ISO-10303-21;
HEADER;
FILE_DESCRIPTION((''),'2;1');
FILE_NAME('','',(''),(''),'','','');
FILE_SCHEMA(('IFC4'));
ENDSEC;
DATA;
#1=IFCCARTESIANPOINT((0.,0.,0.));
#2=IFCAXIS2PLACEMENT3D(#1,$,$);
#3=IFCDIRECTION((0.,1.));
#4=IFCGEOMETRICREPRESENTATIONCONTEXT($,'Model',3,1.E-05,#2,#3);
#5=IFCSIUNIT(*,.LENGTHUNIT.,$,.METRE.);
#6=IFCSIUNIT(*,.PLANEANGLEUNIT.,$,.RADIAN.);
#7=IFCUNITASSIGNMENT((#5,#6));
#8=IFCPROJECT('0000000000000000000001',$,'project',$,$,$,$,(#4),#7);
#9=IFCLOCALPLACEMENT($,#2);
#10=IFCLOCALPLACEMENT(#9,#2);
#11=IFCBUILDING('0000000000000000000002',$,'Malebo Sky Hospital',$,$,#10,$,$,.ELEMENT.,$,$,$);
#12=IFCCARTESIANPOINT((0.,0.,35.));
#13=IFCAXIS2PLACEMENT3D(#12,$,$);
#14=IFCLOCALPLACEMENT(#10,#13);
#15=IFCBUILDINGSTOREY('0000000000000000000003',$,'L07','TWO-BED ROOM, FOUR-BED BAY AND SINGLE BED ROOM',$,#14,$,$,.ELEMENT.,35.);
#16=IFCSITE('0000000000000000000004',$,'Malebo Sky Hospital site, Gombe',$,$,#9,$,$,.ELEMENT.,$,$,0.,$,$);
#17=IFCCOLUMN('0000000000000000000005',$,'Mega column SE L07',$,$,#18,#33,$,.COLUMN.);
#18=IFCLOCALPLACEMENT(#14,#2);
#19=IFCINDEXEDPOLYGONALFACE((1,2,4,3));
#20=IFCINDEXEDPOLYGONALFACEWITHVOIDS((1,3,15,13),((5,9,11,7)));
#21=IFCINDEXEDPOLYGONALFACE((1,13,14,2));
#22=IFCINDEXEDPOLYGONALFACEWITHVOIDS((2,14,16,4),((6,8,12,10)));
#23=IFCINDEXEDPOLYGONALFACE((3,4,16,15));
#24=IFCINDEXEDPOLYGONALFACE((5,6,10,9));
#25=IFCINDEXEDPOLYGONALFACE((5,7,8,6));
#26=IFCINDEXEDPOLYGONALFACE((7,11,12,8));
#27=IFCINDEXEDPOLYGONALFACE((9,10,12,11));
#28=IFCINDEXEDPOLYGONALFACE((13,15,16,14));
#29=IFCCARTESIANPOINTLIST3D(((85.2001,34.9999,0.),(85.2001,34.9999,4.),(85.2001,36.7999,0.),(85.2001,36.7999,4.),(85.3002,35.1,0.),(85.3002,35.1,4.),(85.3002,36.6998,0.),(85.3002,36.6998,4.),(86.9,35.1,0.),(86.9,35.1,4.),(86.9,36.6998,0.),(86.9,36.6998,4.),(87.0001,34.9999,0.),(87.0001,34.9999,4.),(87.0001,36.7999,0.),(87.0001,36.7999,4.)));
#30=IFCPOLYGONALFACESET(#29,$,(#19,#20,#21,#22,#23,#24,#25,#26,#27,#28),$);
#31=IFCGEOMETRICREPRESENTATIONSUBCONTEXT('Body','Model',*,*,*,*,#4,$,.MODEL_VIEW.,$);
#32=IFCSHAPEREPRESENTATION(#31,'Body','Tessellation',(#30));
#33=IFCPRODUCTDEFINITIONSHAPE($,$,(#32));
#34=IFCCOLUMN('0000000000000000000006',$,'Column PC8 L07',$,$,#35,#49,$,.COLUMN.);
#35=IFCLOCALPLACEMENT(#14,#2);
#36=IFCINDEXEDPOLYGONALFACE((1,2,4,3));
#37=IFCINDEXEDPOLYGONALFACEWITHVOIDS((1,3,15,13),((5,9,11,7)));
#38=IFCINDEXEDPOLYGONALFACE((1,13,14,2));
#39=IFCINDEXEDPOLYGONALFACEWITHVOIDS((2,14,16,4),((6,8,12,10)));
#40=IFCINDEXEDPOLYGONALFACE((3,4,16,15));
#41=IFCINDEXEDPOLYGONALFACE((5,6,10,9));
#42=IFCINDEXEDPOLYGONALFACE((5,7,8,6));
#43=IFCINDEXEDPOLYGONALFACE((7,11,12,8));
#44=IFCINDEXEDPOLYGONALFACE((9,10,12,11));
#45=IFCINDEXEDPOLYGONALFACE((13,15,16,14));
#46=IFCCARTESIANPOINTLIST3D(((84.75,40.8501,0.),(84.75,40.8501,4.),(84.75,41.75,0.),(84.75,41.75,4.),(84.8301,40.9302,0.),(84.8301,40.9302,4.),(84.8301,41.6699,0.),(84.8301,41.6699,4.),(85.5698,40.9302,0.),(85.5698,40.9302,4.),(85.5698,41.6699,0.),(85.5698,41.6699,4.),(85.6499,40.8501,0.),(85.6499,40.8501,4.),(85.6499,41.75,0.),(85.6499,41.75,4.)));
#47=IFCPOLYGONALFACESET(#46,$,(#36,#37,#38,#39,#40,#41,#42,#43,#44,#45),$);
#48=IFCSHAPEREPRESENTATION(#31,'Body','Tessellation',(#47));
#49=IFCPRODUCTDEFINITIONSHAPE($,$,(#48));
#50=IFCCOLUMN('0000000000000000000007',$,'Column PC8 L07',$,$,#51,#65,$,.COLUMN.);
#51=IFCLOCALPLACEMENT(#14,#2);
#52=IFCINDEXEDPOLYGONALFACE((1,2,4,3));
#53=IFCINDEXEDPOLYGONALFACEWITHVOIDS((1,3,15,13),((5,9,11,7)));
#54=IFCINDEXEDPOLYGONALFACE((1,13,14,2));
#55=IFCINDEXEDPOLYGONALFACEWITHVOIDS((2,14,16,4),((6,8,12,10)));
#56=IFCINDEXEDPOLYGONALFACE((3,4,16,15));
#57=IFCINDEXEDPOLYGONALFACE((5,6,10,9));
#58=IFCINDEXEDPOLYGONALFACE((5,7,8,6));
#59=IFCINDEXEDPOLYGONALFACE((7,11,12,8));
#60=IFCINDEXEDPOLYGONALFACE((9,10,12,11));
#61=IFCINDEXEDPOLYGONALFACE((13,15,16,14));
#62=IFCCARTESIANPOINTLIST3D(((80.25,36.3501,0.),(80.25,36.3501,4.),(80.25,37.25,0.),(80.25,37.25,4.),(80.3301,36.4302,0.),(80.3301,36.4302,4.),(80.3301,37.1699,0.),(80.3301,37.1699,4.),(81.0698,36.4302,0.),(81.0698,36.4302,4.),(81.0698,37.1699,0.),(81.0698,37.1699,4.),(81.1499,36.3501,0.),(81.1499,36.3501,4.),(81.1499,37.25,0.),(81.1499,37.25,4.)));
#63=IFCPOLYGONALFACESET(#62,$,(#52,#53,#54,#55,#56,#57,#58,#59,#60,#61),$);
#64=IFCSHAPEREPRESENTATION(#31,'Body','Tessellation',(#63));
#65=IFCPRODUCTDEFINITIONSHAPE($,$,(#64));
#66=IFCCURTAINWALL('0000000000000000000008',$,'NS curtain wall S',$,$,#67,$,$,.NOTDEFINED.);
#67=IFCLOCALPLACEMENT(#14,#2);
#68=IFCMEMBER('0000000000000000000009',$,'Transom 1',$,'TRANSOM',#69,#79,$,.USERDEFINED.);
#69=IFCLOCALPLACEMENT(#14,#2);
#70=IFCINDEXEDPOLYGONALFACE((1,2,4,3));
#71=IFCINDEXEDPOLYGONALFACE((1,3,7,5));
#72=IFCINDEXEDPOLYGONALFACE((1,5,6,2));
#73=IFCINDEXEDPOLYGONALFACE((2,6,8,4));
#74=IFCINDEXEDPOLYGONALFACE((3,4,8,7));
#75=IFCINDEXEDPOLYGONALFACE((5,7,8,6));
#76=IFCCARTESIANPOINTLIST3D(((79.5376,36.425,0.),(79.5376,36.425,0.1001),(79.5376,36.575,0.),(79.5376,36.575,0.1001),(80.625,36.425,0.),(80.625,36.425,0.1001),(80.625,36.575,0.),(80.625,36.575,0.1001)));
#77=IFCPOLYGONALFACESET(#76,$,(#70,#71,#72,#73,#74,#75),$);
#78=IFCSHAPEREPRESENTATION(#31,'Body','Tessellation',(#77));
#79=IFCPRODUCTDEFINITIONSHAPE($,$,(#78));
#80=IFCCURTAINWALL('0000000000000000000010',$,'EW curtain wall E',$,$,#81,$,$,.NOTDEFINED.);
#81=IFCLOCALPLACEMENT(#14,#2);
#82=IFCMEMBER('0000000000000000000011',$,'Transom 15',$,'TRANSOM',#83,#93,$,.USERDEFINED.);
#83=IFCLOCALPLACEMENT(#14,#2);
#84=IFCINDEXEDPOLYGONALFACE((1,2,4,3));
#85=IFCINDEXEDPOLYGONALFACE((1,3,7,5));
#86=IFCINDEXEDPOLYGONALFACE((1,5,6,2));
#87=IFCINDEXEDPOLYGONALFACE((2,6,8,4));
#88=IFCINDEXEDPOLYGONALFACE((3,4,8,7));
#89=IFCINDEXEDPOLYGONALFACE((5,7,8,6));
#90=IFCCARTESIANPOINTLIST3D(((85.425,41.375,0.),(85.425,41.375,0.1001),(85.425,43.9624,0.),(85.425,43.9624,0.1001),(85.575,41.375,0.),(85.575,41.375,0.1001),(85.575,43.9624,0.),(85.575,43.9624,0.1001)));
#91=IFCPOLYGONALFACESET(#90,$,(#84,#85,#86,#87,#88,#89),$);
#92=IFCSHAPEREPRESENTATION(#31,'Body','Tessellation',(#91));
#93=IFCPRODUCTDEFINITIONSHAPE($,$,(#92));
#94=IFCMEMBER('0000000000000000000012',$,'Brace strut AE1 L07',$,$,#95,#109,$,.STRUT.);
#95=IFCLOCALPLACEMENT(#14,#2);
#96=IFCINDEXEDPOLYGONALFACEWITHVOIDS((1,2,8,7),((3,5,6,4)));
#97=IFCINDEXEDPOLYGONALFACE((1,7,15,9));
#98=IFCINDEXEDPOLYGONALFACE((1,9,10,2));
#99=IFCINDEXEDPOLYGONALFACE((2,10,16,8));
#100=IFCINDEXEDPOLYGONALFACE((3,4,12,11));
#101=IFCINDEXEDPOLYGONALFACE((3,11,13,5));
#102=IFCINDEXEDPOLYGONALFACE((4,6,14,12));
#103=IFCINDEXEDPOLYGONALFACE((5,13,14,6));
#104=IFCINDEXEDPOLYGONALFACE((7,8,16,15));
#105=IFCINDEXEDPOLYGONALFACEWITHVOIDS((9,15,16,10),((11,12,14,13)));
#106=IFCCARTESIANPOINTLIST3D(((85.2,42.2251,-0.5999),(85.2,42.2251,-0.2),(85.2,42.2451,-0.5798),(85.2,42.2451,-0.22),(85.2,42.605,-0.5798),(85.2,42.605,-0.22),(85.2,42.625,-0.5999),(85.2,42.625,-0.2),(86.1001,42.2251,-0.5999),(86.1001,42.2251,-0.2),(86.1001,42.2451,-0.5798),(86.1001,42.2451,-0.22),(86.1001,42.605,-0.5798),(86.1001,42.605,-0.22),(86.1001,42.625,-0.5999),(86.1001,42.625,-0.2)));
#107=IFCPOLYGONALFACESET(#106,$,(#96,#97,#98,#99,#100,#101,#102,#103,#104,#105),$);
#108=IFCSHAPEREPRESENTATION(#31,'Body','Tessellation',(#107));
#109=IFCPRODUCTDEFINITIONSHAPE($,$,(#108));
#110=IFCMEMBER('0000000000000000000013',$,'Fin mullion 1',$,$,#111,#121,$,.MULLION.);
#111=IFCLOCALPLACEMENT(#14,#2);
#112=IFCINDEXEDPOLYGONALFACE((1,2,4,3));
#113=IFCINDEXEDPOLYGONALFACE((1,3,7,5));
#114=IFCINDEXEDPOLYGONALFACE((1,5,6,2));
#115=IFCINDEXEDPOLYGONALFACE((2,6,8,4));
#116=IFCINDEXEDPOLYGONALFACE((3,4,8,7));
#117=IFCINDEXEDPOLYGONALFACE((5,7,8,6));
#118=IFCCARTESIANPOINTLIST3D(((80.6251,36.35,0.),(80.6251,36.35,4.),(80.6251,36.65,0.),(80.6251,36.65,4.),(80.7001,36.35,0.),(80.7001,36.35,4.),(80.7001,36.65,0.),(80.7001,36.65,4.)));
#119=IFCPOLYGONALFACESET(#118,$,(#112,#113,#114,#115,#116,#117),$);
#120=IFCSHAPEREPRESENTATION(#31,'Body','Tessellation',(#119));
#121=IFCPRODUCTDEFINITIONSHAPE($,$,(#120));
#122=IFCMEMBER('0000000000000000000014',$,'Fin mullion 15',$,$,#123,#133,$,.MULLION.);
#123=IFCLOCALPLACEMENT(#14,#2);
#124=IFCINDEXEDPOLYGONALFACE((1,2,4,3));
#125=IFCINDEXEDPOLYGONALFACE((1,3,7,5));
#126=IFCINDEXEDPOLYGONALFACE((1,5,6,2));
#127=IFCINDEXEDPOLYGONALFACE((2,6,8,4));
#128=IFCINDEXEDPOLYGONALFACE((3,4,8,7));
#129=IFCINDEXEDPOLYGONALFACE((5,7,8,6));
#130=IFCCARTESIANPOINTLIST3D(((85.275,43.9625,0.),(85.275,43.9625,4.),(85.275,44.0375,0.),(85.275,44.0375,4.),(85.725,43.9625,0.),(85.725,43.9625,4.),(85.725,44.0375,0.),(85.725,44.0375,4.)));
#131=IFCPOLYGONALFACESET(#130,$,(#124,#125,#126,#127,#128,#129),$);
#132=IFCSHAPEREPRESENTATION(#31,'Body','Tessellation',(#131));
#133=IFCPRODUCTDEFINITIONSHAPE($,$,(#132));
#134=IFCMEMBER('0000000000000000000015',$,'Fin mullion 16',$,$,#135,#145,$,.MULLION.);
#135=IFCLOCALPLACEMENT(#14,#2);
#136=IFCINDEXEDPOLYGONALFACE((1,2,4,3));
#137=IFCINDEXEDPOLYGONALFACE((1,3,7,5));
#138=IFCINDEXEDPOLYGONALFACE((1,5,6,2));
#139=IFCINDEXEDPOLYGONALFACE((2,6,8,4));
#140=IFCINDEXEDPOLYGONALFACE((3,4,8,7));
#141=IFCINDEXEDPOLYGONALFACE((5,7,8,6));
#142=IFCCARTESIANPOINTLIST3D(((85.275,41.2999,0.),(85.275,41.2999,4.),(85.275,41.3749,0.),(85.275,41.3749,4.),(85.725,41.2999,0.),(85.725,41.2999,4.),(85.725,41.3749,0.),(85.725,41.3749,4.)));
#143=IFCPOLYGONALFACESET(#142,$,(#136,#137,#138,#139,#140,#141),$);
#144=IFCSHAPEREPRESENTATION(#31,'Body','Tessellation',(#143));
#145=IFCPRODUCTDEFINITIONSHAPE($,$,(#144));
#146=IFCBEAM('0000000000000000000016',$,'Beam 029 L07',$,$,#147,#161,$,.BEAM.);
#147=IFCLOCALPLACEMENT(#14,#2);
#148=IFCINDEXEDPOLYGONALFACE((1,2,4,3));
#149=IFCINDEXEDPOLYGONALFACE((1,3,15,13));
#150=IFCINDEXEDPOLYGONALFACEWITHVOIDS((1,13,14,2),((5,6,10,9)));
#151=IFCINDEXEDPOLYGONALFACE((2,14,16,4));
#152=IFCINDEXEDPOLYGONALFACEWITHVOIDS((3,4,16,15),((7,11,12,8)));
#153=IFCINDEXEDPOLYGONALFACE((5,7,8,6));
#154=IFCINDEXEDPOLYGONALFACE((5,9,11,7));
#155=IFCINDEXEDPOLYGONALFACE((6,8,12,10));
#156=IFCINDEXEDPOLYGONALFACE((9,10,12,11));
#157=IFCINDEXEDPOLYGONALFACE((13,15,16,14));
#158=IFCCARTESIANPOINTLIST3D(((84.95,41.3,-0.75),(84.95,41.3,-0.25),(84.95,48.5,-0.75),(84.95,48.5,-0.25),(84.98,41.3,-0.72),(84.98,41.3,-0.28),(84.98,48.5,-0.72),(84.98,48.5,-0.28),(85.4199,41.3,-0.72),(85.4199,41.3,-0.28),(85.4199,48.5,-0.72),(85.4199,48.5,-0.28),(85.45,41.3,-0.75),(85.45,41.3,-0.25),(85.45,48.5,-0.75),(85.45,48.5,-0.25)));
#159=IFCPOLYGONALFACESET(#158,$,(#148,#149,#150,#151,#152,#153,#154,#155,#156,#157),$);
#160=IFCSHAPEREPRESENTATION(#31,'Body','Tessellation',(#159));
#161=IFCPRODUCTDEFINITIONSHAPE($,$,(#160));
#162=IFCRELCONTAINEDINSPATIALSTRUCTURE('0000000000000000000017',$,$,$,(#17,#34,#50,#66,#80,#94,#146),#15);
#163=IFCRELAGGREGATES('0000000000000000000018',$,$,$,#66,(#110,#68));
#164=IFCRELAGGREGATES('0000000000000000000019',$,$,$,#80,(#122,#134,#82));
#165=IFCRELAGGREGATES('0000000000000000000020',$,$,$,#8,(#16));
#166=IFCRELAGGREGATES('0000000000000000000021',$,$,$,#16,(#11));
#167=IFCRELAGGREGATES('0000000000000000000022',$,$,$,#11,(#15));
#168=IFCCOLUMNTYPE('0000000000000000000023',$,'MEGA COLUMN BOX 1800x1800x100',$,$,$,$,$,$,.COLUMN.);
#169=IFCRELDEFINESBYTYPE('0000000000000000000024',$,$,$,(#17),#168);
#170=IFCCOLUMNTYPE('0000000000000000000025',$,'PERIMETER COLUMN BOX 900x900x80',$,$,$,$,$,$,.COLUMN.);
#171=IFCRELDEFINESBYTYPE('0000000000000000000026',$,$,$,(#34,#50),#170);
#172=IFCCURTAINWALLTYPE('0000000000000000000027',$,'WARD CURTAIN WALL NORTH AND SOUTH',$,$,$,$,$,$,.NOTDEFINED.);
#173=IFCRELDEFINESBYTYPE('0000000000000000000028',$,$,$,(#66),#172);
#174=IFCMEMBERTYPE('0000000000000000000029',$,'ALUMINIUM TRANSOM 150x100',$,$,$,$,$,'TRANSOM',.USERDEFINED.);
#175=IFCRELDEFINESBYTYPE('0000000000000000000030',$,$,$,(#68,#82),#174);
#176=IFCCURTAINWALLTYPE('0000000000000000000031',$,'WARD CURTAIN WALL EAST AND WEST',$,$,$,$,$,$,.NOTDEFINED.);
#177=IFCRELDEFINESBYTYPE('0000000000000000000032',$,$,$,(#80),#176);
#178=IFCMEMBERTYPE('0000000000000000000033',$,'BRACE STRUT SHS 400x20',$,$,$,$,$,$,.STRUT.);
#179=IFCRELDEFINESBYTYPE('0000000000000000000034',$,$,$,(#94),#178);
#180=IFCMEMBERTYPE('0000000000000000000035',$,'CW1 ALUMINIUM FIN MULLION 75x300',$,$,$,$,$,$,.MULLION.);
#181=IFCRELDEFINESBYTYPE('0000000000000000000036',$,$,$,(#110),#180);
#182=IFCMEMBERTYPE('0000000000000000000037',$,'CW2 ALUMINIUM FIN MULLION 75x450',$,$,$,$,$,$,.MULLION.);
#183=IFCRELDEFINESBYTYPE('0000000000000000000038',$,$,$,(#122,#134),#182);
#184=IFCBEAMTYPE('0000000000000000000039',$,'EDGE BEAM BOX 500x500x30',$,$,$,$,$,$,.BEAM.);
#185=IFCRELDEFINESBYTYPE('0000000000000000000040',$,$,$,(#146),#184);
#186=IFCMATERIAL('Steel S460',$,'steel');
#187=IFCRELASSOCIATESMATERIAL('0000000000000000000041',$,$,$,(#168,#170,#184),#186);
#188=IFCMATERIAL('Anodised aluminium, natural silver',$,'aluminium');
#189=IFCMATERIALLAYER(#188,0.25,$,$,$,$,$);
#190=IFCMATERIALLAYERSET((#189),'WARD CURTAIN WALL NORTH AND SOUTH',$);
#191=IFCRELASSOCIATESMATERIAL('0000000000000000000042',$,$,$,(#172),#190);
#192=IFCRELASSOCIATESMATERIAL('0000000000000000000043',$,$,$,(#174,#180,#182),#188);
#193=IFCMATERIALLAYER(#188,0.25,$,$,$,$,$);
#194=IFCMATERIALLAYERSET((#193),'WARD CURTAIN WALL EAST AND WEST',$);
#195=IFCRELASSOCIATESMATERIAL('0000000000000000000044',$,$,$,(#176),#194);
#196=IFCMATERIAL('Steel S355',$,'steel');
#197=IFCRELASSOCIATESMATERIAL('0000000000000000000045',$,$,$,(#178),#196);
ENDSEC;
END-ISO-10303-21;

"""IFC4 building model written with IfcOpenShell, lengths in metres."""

from ifc_helpers import new_model, si_unit, direction, frame, origin, origin_2d, place, context, subcontext, project, spatial, rectangle, hollow_rectangle, extrude, material, layer, layer_set, material_profile, profile_set, type_object, element, aggregate, save


model = new_model("IFC4")

# Units and contexts
model_context = context("Model", 3, precision=1e-05, world=origin(), true_north=direction((0.0, 1.0)))
body_context = subcontext(model_context, "Body", "Model", "MODEL_VIEW")
ifc_project = project(units=[si_unit("LENGTHUNIT", "METRE"), si_unit("PLANEANGLEUNIT", "RADIAN")], contexts=[model_context])

# Site, building, storey
site_placement = place(None, origin())
site = spatial("IfcSite", under=ifc_project, at=site_placement, Name="Malebo Sky Hospital site, Gombe", CompositionType="ELEMENT", RefElevation=0.0)
building_placement = place(site_placement, origin())
building = spatial("IfcBuilding", under=site, at=building_placement, Name="Malebo Sky Hospital", CompositionType="ELEMENT")
storey_placement = place(building_placement, frame((0.0, 0.0, 35.0)))
storey = spatial("IfcBuildingStorey", under=building, at=storey_placement, Name="L07", Description="TWO-BED ROOM, FOUR-BED BAY AND SINGLE BED ROOM", CompositionType="ELEMENT", Elevation=35.0)

# Columns
ifc_material_1 = material(Name="Steel S460", Category="steel")
ifc_material_profile_1 = material_profile(ifc_material_1, hollow_rectangle(XDim=1.8, YDim=1.8, WallThickness=0.1001, at=origin_2d()), Name="BOX 1800x1800x100")
ifc_profile_set_1 = profile_set([ifc_material_profile_1], Name="Steel S460")
column_type_1 = type_object("IfcColumnType", Name="MEGA COLUMN BOX 1800x1800x100", PredefinedType="COLUMN", material=ifc_profile_set_1)
column_placement = place(storey_placement, frame((86.1001, 35.8999, 0.0), z_axis=(0.0, 0.0, 1.0), x_axis=(1.0, 0.0, 0.0)))
element("IfcColumn", 1, at=column_placement, inside=storey, type_object=column_type_1, Name="Mega column SE L07", PredefinedType="COLUMN", context=body_context, shape_type="SweptSolid", body=[
    extrude(hollow_rectangle(XDim=1.8, YDim=1.8, WallThickness=0.1001, at=origin_2d()), origin(), (0.0, 0.0, 1.0), 4.0),
])
ifc_material_profile_2 = material_profile(ifc_material_1, hollow_rectangle(XDim=0.8999, YDim=0.8999, WallThickness=0.0801, at=origin_2d()), Name="BOX 900x900x80")
ifc_profile_set_2 = profile_set([ifc_material_profile_2], Name="Steel S460")
column_type_2 = type_object("IfcColumnType", Name="PERIMETER COLUMN BOX 900x900x80", PredefinedType="COLUMN", material=ifc_profile_set_2)
for number, where, z_axis, x_axis, name in (
    (2, (85.2, 41.3, 0.0), (0.0, 0.0, 1.0), (1.0, 0.0, 0.0), "Column PC8 L07"),
    (3, (80.7, 36.8, 0.0), (0.0, 0.0, 1.0), (1.0, 0.0, 0.0), "Column PC8 L07"),
):
    element("IfcColumn", number, at=place(storey_placement, frame(where, z_axis=z_axis, x_axis=x_axis)), inside=storey, type_object=column_type_2, Name=name, PredefinedType="COLUMN", context=body_context, shape_type="SweptSolid", body=[
        extrude(hollow_rectangle(XDim=0.8999, YDim=0.8999, WallThickness=0.0801, at=origin_2d()), origin(), (0.0, 0.0, 1.0), 4.0),
    ])

# Curtain walls, members
ifc_material_2 = material(Name="Anodised aluminium, natural silver", Category="aluminium")
ifc_layer_1 = layer(ifc_material_2, 0.25)
ifc_layer_set_1 = layer_set([ifc_layer_1], Name="WARD CURTAIN WALL NORTH AND SOUTH")
curtain_wall_type_1 = type_object("IfcCurtainWallType", Name="WARD CURTAIN WALL NORTH AND SOUTH", PredefinedType="NOTDEFINED", material=ifc_layer_set_1)
curtain_wall_1_placement = place(storey_placement, origin())
curtain_wall_1 = element("IfcCurtainWall", 4, at=curtain_wall_1_placement, inside=storey, type_object=curtain_wall_type_1, Name="NS curtain wall S", PredefinedType="NOTDEFINED")
ifc_material_profile_3 = material_profile(ifc_material_2, rectangle(XDim=0.1499, YDim=0.1001, at=origin_2d()), Name="ALUMINIUM TRANSOM 150x100")
ifc_profile_set_3 = profile_set([ifc_material_profile_3], Name="Anodised aluminium, natural silver")
member_type_1 = type_object("IfcMemberType", Name="ALUMINIUM TRANSOM 150x100", ElementType="TRANSOM", PredefinedType="USERDEFINED", material=ifc_profile_set_3)
member_1_placement = place(storey_placement, frame((80.625, 36.5, 0.05), z_axis=(-1.0, 0.0, 0.0), x_axis=(0.0, -1.0, 0.0)))
member_1 = element("IfcMember", 5, at=member_1_placement, type_object=member_type_1, Name="Transom 1", ObjectType="TRANSOM", PredefinedType="USERDEFINED", context=body_context, shape_type="SweptSolid", body=[
    extrude(rectangle(XDim=0.1499, YDim=0.1001, at=origin_2d()), origin(), (0.0, 0.0, 1.0), 1.0874),
])
ifc_layer_2 = layer(ifc_material_2, 0.25)
ifc_layer_set_2 = layer_set([ifc_layer_2], Name="WARD CURTAIN WALL EAST AND WEST")
curtain_wall_type_2 = type_object("IfcCurtainWallType", Name="WARD CURTAIN WALL EAST AND WEST", PredefinedType="NOTDEFINED", material=ifc_layer_set_2)
curtain_wall_2_placement = place(storey_placement, origin())
curtain_wall_2 = element("IfcCurtainWall", 6, at=curtain_wall_2_placement, inside=storey, type_object=curtain_wall_type_2, Name="EW curtain wall E", PredefinedType="NOTDEFINED")
member_2_placement = place(storey_placement, frame((85.5, 43.9624, 0.05), z_axis=(0.0, -1.0, 0.0), x_axis=(1.0, 0.0, 0.0)))
member_2 = element("IfcMember", 7, at=member_2_placement, type_object=member_type_1, Name="Transom 15", ObjectType="TRANSOM", PredefinedType="USERDEFINED", context=body_context, shape_type="SweptSolid", body=[
    extrude(rectangle(XDim=0.1499, YDim=0.1001, at=origin_2d()), origin(), (0.0, 0.0, 1.0), 2.5874),
])

# Members
ifc_material_3 = material(Name="Steel S355", Category="steel")
ifc_material_profile_4 = material_profile(ifc_material_3, hollow_rectangle(XDim=0.3999, YDim=0.3999, WallThickness=0.02, at=origin_2d()), Name="SHS 400x20")
ifc_profile_set_4 = profile_set([ifc_material_profile_4], Name="Steel S355")
member_type_2 = type_object("IfcMemberType", Name="BRACE STRUT SHS 400x20", PredefinedType="STRUT", material=ifc_profile_set_4)
member_3_placement = place(storey_placement, frame((86.1001, 42.425, -0.3999), z_axis=(-1.0, 0.0, 0.0), x_axis=(0.0, -1.0, 0.0)))
element("IfcMember", 8, at=member_3_placement, inside=storey, type_object=member_type_2, Name="Brace strut AE1 L07", PredefinedType="STRUT", context=body_context, shape_type="SweptSolid", body=[
    extrude(hollow_rectangle(XDim=0.3999, YDim=0.3999, WallThickness=0.02, at=origin_2d()), origin(), (0.0, 0.0, 1.0), 0.9001),
])
ifc_material_profile_5 = material_profile(ifc_material_2, rectangle(XDim=0.075, YDim=0.3, at=origin_2d()), Name="CW1 ALUMINIUM FIN MULLION 75x300")
ifc_profile_set_5 = profile_set([ifc_material_profile_5], Name="Anodised aluminium, natural silver")
member_type_3 = type_object("IfcMemberType", Name="CW1 ALUMINIUM FIN MULLION 75x300", PredefinedType="MULLION", material=ifc_profile_set_5)
member_4_placement = place(storey_placement, frame((80.6626, 36.5, 0.0), z_axis=(0.0, 0.0, 1.0), x_axis=(-1.0, 0.0, 0.0)))
member_4 = element("IfcMember", 9, at=member_4_placement, type_object=member_type_3, Name="Fin mullion 1", PredefinedType="MULLION", context=body_context, shape_type="SweptSolid", body=[
    extrude(rectangle(XDim=0.075, YDim=0.3, at=origin_2d()), origin(), (0.0, 0.0, 1.0), 4.0),
])
ifc_material_profile_6 = material_profile(ifc_material_2, rectangle(XDim=0.075, YDim=0.45, at=origin_2d()), Name="CW2 ALUMINIUM FIN MULLION 75x450")
ifc_profile_set_6 = profile_set([ifc_material_profile_6], Name="Anodised aluminium, natural silver")
member_type_4 = type_object("IfcMemberType", Name="CW2 ALUMINIUM FIN MULLION 75x450", PredefinedType="MULLION", material=ifc_profile_set_6)
member_5_placement = place(storey_placement, frame((85.5, 44.0, 0.0), z_axis=(0.0, 0.0, 1.0), x_axis=(0.0, -1.0, 0.0)))
member_5 = element("IfcMember", 10, at=member_5_placement, type_object=member_type_4, Name="Fin mullion 15", PredefinedType="MULLION", context=body_context, shape_type="SweptSolid", body=[
    extrude(rectangle(XDim=0.075, YDim=0.45, at=origin_2d()), origin(), (0.0, 0.0, 1.0), 4.0),
])
member_6_placement = place(storey_placement, frame((85.5, 41.3374, 0.0), z_axis=(0.0, 0.0, 1.0), x_axis=(0.0, -1.0, 0.0)))
member_6 = element("IfcMember", 11, at=member_6_placement, type_object=member_type_4, Name="Fin mullion 16", PredefinedType="MULLION", context=body_context, shape_type="SweptSolid", body=[
    extrude(rectangle(XDim=0.075, YDim=0.45, at=origin_2d()), origin(), (0.0, 0.0, 1.0), 4.0),
])

# Beam
ifc_material_profile_7 = material_profile(ifc_material_1, hollow_rectangle(XDim=0.5, YDim=0.5, WallThickness=0.03, at=origin_2d()), Name="BOX 500x500x30")
ifc_profile_set_7 = profile_set([ifc_material_profile_7], Name="Steel S460")
beam_type_1 = type_object("IfcBeamType", Name="EDGE BEAM BOX 500x500x30", PredefinedType="BEAM", material=ifc_profile_set_7)
beam_1_placement = place(storey_placement, frame((85.2, 41.3, -0.5), z_axis=(0.0, 1.0, 0.0), x_axis=(-1.0, 0.0, 0.0)))
element("IfcBeam", 12, at=beam_1_placement, inside=storey, type_object=beam_type_1, Name="Beam 029 L07", PredefinedType="BEAM", context=body_context, shape_type="SweptSolid", body=[
    extrude(hollow_rectangle(XDim=0.5, YDim=0.5, WallThickness=0.03, at=origin_2d()), origin(), (0.0, 0.0, 1.0), 7.2),
])

aggregate(curtain_wall_1, [member_4, member_1])
aggregate(curtain_wall_2, [member_5, member_6, member_2])

save(model, "model.ifc")
